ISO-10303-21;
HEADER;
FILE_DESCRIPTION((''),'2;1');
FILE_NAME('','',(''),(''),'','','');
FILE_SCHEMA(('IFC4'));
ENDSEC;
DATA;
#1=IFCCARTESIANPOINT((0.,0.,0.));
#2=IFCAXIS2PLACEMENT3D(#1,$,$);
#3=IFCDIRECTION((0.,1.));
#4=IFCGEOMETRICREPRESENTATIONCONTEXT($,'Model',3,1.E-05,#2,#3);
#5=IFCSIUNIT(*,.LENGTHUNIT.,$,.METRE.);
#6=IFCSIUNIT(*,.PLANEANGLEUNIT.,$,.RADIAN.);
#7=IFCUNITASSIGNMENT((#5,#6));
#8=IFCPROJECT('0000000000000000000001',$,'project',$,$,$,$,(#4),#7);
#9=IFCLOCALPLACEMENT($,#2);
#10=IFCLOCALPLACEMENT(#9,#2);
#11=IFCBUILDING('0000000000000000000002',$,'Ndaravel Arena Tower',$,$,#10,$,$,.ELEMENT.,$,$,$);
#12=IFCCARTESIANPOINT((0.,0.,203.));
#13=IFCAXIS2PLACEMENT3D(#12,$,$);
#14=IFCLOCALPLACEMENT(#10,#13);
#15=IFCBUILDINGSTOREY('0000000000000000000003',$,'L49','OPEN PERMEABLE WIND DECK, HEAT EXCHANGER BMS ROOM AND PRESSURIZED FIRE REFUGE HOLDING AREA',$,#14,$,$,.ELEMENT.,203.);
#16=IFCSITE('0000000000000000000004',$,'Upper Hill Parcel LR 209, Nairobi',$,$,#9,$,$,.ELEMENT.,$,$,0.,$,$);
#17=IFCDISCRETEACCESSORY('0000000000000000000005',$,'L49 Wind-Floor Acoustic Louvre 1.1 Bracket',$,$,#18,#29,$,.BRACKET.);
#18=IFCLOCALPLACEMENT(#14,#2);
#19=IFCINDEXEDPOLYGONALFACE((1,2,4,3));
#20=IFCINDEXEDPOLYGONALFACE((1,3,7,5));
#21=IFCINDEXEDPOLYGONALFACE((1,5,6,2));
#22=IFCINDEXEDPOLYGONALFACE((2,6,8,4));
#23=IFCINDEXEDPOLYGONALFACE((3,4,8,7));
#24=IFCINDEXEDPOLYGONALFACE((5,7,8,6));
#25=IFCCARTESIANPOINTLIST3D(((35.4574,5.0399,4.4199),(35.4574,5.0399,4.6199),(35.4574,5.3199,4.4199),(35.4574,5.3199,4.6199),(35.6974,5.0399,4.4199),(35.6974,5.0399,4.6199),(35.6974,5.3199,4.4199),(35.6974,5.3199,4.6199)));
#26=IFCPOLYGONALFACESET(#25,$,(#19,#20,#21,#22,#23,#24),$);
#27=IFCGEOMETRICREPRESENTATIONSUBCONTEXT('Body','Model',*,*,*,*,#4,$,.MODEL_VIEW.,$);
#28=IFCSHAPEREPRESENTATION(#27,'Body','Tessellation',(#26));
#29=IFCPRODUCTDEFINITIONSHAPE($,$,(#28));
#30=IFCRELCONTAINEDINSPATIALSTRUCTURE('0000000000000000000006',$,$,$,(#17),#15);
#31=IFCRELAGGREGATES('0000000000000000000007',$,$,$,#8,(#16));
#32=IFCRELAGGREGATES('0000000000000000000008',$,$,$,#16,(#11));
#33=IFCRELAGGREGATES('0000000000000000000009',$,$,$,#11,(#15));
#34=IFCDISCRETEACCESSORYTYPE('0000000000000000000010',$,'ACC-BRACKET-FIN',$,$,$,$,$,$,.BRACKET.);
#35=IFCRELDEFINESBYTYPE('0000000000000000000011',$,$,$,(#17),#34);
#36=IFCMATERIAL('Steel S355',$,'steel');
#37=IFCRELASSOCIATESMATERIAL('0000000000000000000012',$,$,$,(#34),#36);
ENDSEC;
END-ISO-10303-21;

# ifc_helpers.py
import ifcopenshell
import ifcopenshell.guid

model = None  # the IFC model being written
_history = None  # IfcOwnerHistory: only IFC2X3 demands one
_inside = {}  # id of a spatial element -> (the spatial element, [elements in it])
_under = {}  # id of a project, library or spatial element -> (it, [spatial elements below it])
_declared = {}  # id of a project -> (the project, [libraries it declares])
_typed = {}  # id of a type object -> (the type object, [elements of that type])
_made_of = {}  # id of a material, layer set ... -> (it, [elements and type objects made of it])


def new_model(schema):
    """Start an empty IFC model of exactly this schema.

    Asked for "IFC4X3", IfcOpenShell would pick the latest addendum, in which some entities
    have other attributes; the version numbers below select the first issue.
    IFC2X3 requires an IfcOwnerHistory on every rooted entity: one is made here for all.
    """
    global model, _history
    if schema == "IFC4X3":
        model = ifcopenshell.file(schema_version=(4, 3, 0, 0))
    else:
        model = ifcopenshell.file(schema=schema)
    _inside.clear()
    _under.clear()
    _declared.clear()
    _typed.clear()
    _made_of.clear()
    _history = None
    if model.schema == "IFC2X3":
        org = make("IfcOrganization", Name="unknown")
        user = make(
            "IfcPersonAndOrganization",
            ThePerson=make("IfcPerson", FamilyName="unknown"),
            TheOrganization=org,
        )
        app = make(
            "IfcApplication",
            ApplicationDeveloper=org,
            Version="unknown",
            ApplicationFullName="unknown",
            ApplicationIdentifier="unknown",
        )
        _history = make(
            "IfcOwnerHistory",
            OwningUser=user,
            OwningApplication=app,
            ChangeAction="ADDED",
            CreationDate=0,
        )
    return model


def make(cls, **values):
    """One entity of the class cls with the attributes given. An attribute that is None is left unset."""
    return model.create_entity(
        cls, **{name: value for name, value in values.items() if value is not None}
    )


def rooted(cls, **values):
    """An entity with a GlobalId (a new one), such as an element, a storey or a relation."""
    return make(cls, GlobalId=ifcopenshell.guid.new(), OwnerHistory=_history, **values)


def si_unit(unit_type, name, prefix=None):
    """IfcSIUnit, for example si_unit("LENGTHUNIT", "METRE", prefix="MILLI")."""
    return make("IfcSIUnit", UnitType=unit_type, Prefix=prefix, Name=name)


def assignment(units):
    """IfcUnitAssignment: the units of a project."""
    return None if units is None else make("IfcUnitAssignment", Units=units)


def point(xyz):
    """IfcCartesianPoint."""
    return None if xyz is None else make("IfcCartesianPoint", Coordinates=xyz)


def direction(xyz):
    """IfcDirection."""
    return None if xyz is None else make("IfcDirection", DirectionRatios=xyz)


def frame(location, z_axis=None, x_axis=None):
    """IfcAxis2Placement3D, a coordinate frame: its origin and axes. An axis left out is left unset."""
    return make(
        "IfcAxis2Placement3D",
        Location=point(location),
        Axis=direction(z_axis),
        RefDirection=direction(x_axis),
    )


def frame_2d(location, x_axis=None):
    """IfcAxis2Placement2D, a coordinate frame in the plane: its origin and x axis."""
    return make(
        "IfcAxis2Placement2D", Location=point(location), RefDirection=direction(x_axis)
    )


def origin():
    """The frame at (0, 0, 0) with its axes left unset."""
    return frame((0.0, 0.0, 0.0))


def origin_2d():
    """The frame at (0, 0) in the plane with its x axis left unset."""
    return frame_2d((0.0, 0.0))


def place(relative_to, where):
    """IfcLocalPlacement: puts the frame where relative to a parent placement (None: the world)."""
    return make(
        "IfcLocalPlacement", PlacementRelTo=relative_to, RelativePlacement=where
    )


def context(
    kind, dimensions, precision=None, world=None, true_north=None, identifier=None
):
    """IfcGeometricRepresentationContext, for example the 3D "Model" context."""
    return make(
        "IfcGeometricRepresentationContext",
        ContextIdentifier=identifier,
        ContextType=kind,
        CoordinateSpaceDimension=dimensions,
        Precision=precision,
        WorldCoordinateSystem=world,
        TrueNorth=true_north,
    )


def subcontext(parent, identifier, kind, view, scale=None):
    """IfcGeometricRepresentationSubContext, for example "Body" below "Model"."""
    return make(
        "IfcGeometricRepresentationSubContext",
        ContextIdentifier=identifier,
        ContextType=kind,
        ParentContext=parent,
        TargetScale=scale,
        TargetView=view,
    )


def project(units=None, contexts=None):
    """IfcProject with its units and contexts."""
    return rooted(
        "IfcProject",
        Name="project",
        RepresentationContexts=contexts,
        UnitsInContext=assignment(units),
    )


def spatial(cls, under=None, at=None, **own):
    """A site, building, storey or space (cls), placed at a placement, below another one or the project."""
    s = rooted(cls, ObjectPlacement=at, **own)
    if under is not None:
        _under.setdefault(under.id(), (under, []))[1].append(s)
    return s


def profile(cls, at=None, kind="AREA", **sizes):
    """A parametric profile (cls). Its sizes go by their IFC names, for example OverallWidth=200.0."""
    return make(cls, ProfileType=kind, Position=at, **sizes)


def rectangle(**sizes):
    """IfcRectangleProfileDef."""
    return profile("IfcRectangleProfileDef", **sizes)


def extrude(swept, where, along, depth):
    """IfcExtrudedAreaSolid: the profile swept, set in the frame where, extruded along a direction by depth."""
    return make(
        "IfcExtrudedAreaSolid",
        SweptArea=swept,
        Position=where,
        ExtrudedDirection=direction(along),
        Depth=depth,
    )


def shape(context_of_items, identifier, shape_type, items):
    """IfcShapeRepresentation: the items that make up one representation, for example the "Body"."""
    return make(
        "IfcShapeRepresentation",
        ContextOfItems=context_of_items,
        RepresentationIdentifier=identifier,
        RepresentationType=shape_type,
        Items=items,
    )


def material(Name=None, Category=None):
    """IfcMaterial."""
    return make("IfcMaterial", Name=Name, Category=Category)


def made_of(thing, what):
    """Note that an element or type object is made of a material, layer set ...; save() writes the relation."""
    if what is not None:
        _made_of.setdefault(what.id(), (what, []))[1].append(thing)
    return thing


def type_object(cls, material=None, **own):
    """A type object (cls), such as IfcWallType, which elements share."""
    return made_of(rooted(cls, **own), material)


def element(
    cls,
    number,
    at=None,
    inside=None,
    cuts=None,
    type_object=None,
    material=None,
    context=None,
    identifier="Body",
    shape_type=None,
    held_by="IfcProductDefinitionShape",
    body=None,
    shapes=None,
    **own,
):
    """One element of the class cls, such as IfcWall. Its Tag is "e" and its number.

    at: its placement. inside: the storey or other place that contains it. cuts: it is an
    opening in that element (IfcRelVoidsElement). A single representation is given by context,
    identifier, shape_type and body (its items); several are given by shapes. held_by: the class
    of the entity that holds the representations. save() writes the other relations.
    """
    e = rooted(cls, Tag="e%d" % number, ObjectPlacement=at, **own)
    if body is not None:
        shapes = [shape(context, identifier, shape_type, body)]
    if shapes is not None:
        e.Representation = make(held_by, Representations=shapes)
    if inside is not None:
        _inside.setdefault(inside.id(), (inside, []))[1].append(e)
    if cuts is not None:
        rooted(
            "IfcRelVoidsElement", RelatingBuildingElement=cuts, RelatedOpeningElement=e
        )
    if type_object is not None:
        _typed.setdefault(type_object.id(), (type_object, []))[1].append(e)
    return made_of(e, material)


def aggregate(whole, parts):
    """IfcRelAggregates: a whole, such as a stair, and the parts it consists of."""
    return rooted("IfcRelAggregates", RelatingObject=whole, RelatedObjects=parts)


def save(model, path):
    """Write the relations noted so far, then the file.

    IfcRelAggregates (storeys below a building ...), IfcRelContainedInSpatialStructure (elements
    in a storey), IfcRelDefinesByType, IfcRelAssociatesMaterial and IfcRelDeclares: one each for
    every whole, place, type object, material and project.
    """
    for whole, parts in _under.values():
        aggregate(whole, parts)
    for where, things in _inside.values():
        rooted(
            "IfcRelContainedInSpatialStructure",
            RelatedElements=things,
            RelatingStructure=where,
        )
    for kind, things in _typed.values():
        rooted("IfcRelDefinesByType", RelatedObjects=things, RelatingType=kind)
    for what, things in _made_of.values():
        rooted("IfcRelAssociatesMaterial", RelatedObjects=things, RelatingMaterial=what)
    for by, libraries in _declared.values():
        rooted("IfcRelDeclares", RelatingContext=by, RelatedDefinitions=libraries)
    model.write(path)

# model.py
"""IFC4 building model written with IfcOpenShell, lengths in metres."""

from ifc_helpers import new_model, si_unit, direction, frame, origin, origin_2d, place, context, subcontext, project, spatial, rectangle, extrude, material, type_object, element, save


model = new_model("IFC4")

# Units and contexts
model_context = context("Model", 3, precision=1e-05, world=origin(), true_north=direction((0.0, 1.0)))
body_context = subcontext(model_context, "Body", "Model", "MODEL_VIEW")
ifc_project = project(units=[si_unit("LENGTHUNIT", "METRE"), si_unit("PLANEANGLEUNIT", "RADIAN")], contexts=[model_context])

# Site, building, storey
site_placement = place(None, origin())
site = spatial("IfcSite", under=ifc_project, at=site_placement, Name="Upper Hill Parcel LR 209, Nairobi", CompositionType="ELEMENT", RefElevation=0.0)
building_placement = place(site_placement, origin())
building = spatial("IfcBuilding", under=site, at=building_placement, Name="Ndaravel Arena Tower", CompositionType="ELEMENT")
storey_placement = place(building_placement, frame((0.0, 0.0, 203.0)))
storey = spatial("IfcBuildingStorey", under=building, at=storey_placement, Name="L49", Description="OPEN PERMEABLE WIND DECK, HEAT EXCHANGER BMS ROOM AND PRESSURIZED FIRE REFUGE HOLDING AREA", CompositionType="ELEMENT", Elevation=203.0)

# Discrete accessory
ifc_material_1 = material(Name="Steel S355", Category="steel")
discrete_accessory_type = type_object("IfcDiscreteAccessoryType", Name="ACC-BRACKET-FIN", PredefinedType="BRACKET", material=ifc_material_1)
discrete_accessory_placement = place(storey_placement, frame((35.5774, 5.1799, 4.4199), z_axis=(0.0, 0.0, 1.0), x_axis=(0.0, -1.0, 0.0)))
element("IfcDiscreteAccessory", 1, at=discrete_accessory_placement, inside=storey, type_object=discrete_accessory_type, Name="L49 Wind-Floor Acoustic Louvre 1.1 Bracket", PredefinedType="BRACKET", context=body_context, shape_type="SweptSolid", body=[
    extrude(rectangle(XDim=0.28, YDim=0.24, at=origin_2d()), origin(), (0.0, 0.0, 1.0), 0.2),
])

save(model, "model.ifc")
